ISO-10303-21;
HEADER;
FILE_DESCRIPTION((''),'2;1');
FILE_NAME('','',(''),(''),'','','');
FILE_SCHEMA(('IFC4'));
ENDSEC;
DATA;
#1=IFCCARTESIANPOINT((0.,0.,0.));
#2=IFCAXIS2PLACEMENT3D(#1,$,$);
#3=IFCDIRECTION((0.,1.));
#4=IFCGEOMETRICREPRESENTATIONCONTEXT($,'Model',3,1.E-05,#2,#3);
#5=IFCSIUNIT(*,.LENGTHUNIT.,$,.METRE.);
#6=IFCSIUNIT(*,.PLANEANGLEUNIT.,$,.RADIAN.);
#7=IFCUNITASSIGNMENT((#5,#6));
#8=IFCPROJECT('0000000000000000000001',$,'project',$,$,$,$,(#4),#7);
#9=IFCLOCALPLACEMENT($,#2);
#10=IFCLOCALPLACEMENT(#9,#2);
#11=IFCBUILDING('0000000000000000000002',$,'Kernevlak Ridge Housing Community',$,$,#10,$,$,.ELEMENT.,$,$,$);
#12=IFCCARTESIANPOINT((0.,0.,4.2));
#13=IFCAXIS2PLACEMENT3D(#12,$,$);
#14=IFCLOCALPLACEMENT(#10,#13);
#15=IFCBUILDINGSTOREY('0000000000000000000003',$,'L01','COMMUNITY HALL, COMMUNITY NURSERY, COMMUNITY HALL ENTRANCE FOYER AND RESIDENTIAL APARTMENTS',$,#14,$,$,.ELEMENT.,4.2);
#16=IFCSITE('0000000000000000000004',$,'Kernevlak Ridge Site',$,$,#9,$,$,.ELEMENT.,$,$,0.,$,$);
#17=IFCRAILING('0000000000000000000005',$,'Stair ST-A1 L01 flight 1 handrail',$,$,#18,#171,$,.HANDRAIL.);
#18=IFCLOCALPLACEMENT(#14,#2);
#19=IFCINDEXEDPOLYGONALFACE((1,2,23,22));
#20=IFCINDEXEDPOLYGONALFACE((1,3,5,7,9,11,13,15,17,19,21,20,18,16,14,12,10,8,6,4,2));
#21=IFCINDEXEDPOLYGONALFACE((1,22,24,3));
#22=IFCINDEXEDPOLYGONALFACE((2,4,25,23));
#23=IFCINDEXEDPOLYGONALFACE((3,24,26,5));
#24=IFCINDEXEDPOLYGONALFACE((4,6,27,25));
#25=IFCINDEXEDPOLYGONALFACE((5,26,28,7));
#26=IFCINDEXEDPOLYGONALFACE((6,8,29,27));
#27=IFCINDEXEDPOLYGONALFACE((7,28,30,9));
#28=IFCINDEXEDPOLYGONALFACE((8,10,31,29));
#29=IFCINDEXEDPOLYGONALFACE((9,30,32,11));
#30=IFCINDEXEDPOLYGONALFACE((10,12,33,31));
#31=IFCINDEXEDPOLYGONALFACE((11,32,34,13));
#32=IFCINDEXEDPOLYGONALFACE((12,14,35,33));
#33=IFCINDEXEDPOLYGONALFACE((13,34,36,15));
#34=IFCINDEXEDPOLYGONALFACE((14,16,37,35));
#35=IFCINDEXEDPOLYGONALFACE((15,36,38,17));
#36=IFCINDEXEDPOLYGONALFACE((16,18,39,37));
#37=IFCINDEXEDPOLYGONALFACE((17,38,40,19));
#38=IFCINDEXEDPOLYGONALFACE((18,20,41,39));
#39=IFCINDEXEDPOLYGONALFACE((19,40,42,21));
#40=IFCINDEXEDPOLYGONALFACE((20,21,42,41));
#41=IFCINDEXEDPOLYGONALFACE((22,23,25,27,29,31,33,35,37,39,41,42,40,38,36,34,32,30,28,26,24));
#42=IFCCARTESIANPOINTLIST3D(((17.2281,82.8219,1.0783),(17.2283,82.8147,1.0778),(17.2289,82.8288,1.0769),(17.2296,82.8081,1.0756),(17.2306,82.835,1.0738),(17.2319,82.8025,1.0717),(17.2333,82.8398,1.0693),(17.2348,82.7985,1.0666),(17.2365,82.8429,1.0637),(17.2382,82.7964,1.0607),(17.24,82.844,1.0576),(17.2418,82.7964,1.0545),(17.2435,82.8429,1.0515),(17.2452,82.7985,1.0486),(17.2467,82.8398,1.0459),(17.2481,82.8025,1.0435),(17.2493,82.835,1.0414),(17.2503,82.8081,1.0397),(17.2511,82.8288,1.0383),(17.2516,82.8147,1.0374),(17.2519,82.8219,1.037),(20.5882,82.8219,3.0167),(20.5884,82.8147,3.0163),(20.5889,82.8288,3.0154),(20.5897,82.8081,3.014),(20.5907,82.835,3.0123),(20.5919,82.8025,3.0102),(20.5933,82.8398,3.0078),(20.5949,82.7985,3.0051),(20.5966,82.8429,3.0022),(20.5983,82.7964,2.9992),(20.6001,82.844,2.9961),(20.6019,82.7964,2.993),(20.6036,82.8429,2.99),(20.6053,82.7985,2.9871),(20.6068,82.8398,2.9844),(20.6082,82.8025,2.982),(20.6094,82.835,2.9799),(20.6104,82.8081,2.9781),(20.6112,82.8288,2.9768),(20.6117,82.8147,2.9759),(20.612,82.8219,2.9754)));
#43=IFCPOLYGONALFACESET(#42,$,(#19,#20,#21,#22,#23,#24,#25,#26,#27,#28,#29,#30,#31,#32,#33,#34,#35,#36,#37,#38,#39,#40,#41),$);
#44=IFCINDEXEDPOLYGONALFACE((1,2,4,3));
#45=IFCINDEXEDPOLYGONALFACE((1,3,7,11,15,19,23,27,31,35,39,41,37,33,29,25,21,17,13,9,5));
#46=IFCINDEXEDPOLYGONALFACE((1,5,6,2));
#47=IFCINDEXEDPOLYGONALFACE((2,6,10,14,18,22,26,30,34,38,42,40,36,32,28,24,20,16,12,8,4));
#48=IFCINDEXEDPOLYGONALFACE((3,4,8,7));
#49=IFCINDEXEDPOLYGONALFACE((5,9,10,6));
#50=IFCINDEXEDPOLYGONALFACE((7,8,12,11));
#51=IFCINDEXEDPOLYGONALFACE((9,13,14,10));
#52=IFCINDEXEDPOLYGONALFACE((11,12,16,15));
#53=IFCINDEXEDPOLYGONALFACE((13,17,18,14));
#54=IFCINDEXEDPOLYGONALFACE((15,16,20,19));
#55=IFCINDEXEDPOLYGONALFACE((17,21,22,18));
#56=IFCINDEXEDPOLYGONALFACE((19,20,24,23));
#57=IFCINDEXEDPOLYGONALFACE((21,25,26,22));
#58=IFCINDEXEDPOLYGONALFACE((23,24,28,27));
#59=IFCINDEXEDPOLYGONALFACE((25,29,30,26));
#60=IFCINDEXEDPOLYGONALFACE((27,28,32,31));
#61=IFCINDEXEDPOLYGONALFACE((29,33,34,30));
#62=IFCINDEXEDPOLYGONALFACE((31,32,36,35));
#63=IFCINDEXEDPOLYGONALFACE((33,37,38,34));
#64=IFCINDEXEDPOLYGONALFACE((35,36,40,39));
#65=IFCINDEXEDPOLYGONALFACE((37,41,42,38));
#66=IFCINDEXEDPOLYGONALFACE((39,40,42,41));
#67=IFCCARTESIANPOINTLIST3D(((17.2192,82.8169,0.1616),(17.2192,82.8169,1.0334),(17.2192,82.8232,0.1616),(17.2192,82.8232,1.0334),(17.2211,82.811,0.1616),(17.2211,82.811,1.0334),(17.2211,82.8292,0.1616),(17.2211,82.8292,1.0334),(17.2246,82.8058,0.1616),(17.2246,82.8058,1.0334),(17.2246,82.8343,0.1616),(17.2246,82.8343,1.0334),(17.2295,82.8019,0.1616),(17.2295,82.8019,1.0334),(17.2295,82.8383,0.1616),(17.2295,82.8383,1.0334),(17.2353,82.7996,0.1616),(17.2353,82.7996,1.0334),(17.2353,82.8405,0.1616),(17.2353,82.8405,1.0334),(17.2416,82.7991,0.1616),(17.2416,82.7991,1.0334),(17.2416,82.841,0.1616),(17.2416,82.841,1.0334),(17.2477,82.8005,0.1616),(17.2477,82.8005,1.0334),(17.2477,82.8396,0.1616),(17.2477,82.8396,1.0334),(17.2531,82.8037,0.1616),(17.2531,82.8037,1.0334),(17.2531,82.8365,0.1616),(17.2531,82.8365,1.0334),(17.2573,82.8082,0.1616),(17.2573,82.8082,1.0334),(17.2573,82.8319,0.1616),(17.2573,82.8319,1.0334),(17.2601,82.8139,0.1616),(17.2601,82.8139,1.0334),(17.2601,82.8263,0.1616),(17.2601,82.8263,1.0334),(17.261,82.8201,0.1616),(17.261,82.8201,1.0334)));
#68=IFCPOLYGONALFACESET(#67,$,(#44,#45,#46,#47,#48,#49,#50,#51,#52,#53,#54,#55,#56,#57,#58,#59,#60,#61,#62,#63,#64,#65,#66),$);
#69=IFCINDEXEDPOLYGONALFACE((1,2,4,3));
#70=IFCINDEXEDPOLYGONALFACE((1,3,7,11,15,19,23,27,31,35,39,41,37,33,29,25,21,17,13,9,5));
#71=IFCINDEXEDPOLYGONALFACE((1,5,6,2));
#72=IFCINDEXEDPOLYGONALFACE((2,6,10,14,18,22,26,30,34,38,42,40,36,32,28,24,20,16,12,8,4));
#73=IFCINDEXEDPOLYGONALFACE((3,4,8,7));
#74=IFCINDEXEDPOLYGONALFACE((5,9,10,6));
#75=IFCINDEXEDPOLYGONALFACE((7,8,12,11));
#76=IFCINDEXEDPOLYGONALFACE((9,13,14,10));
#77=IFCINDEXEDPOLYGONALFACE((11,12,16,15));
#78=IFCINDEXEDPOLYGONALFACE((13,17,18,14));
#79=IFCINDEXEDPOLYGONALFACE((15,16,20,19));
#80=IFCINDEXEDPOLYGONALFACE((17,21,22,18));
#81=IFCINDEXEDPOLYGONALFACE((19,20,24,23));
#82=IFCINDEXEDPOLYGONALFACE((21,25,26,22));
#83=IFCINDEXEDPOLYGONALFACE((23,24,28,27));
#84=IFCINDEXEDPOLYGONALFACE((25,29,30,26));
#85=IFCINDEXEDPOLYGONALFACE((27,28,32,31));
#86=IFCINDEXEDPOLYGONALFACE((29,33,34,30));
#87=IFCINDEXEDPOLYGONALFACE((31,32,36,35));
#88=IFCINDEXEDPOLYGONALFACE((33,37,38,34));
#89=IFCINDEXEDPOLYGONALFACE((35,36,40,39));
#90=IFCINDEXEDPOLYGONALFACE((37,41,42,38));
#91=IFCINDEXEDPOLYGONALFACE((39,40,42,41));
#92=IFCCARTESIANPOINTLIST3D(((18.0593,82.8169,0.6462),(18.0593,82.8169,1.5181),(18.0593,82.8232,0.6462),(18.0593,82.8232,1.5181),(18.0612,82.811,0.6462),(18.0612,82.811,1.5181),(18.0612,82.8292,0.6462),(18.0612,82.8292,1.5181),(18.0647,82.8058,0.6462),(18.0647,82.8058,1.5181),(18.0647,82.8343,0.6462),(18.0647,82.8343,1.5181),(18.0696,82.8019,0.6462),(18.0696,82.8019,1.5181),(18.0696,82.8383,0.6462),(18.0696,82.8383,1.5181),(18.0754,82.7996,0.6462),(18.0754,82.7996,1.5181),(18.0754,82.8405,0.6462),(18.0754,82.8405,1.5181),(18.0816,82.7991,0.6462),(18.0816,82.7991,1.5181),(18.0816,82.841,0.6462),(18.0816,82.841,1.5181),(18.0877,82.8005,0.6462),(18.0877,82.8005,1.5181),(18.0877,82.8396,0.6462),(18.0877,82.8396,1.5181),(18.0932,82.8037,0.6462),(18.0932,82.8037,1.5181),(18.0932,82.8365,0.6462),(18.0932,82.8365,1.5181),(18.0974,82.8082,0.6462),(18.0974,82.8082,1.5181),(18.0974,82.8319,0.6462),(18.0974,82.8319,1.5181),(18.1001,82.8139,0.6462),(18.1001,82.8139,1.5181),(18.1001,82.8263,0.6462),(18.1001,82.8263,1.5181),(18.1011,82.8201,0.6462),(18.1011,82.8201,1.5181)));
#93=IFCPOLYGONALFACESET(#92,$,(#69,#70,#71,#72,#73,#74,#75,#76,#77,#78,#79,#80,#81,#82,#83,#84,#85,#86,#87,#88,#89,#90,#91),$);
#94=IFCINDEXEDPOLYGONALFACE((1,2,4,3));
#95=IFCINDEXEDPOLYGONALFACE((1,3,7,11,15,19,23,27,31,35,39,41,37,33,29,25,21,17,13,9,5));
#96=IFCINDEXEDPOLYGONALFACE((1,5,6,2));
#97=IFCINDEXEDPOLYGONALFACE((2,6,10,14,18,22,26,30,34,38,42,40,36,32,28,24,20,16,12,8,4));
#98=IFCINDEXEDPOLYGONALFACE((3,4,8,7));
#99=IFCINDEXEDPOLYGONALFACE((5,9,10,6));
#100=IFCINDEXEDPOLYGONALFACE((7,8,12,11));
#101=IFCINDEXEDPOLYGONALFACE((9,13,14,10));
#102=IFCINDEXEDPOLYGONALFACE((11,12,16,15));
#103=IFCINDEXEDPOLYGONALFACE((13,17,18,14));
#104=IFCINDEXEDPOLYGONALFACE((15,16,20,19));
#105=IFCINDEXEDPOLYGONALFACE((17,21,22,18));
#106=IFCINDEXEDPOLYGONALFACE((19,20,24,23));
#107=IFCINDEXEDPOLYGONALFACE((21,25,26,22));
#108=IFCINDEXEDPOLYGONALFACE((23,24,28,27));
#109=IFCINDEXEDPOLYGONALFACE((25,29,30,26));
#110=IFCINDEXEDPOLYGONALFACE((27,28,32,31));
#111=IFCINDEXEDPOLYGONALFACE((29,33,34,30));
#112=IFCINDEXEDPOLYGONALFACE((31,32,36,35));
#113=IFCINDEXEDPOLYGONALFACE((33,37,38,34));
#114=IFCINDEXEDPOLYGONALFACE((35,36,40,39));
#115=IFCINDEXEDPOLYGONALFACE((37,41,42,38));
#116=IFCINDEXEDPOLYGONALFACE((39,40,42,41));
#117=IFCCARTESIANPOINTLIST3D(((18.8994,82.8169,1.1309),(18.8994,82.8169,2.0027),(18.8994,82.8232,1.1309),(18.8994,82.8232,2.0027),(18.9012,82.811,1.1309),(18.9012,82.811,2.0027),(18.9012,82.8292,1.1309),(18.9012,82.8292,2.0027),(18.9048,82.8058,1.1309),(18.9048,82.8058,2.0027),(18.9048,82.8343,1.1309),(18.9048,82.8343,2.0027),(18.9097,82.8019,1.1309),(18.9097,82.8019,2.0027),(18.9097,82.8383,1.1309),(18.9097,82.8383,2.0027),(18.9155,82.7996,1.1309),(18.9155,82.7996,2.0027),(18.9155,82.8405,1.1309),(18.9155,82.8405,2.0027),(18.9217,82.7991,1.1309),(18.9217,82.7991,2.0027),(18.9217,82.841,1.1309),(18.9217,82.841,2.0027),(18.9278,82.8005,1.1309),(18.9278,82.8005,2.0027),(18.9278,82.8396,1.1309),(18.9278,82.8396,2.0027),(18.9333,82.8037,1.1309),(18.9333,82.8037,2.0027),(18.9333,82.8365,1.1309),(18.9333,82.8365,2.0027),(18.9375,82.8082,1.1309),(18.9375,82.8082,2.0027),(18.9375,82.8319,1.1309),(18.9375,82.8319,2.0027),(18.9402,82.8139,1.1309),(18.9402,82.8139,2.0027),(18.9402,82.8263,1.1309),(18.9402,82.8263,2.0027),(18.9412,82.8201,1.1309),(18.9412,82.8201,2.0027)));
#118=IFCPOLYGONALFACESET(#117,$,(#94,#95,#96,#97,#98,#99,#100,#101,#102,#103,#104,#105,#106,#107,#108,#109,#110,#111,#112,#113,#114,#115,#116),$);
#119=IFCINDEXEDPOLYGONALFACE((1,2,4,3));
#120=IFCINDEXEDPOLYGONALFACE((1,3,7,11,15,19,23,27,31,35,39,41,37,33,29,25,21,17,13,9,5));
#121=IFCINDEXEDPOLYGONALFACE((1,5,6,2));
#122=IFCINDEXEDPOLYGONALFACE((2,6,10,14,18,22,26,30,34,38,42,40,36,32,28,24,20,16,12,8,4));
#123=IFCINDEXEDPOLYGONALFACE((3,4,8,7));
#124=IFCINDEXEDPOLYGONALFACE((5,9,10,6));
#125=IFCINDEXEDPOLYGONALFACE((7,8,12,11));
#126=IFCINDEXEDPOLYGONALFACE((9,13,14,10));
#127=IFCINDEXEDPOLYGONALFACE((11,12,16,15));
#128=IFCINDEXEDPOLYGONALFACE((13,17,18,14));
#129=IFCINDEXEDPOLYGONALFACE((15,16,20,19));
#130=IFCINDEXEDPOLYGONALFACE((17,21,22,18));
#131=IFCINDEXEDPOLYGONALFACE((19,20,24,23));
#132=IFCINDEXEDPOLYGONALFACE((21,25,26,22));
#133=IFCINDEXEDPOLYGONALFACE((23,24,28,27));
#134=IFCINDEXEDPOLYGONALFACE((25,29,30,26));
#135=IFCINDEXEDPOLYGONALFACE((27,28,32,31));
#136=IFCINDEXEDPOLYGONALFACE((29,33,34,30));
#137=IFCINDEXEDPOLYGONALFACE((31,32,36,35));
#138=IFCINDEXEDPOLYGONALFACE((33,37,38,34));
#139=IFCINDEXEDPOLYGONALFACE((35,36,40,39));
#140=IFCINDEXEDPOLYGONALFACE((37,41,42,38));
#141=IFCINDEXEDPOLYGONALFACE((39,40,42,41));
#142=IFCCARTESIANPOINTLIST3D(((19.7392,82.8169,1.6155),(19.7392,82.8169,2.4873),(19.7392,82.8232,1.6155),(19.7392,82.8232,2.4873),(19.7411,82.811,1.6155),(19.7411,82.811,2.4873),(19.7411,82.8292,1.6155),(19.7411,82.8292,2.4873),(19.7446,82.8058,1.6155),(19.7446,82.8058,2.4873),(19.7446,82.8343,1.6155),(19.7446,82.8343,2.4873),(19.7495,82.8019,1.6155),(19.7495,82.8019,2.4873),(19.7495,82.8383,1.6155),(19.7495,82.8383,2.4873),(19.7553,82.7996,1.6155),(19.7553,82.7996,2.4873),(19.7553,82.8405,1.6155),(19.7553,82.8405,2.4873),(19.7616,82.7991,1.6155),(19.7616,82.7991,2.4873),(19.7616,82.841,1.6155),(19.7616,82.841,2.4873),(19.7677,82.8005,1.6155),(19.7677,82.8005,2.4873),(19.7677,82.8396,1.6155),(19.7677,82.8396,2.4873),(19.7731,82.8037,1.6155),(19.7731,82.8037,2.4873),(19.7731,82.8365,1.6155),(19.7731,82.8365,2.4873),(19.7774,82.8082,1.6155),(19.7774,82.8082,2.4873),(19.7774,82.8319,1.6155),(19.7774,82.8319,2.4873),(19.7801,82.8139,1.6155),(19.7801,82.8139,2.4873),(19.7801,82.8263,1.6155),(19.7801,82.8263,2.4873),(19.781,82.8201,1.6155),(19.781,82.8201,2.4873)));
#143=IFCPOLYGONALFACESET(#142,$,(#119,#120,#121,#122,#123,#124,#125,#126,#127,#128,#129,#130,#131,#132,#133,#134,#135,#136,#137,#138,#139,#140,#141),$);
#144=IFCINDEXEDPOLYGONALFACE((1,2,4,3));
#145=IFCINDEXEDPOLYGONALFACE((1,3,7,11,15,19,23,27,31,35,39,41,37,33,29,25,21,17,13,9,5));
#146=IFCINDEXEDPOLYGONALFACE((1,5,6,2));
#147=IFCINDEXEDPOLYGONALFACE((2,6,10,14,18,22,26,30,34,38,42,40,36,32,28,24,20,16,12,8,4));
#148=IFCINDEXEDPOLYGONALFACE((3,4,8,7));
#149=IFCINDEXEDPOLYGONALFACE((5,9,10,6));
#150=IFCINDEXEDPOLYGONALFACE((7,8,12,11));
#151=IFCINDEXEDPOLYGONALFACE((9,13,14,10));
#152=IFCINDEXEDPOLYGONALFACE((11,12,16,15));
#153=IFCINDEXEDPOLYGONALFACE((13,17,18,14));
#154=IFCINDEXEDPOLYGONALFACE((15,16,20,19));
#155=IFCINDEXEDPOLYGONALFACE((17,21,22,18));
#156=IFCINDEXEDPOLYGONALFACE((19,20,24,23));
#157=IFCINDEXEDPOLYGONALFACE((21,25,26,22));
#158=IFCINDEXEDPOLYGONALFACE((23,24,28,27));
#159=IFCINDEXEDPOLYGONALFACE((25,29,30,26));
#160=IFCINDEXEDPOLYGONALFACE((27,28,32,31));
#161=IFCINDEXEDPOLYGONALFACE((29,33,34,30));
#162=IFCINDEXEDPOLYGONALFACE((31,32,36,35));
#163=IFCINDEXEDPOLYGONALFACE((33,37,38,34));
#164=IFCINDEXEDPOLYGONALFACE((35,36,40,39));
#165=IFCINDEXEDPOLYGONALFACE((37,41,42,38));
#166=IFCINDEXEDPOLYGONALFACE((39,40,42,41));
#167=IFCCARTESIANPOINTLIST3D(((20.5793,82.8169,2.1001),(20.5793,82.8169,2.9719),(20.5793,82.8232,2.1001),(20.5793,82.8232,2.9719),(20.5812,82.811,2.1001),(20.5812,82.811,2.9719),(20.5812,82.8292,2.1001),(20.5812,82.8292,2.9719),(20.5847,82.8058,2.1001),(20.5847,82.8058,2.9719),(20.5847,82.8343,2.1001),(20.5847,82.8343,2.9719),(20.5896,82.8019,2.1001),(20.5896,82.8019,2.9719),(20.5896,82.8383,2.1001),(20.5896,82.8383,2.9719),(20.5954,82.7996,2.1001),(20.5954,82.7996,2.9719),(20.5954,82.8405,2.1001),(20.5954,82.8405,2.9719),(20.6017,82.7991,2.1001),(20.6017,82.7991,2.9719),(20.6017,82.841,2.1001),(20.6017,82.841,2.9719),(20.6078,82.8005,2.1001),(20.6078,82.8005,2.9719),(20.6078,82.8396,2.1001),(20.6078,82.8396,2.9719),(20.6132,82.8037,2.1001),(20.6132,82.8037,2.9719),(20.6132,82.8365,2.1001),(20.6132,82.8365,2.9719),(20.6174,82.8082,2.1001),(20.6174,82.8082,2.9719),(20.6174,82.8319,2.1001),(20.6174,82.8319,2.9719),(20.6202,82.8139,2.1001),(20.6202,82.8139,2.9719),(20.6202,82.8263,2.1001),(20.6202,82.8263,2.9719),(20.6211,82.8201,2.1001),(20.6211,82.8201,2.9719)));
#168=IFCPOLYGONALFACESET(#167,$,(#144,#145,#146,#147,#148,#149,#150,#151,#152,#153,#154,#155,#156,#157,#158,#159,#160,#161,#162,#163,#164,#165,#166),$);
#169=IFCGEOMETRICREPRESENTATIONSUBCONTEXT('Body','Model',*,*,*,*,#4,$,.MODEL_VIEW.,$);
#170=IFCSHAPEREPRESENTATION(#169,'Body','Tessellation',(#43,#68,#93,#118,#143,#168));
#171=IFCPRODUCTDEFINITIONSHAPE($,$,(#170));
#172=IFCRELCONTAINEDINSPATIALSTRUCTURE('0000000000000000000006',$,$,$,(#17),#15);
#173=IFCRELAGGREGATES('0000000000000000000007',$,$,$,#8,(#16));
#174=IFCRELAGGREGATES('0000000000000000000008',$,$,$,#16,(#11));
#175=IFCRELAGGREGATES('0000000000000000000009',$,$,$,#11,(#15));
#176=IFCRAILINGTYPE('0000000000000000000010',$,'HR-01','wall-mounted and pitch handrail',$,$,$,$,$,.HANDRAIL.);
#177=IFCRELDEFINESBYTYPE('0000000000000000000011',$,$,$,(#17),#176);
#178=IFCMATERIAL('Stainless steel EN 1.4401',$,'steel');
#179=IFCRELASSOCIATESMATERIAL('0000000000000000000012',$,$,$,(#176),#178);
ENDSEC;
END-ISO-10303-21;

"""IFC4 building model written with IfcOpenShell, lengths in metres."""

from ifc_helpers import new_model, si_unit, direction, frame, origin, origin_2d, place, context, subcontext, project, spatial, circle, extrude, material, type_object, element, save


model = new_model("IFC4")

# Units and contexts
model_context = context("Model", 3, precision=1e-05, world=origin(), true_north=direction((0.0, 1.0)))
body_context = subcontext(model_context, "Body", "Model", "MODEL_VIEW")
ifc_project = project(units=[si_unit("LENGTHUNIT", "METRE"), si_unit("PLANEANGLEUNIT", "RADIAN")], contexts=[model_context])

# Site, building, storey
site_placement = place(None, origin())
site = spatial("IfcSite", under=ifc_project, at=site_placement, Name="Kernevlak Ridge Site", CompositionType="ELEMENT", RefElevation=0.0)
building_placement = place(site_placement, origin())
building = spatial("IfcBuilding", under=site, at=building_placement, Name="Kernevlak Ridge Housing Community", CompositionType="ELEMENT")
storey_placement = place(building_placement, frame((0.0, 0.0, 4.2)))
storey = spatial("IfcBuildingStorey", under=building, at=storey_placement, Name="L01", Description="COMMUNITY HALL, COMMUNITY NURSERY, COMMUNITY HALL ENTRANCE FOYER AND RESIDENTIAL APARTMENTS", CompositionType="ELEMENT", Elevation=4.2)

# Shared definitions
ifc_material_1 = material(Name="Stainless steel EN 1.4401", Category="steel")

# Railing
railing_type_1 = type_object("IfcRailingType", Name="HR-01", Description="wall-mounted and pitch handrail", PredefinedType="HANDRAIL", material=ifc_material_1)
railing_1_placement = place(storey_placement, frame((17.24, 82.8201, 0.1616)))
element("IfcRailing", 1, at=railing_1_placement, inside=storey, type_object=railing_type_1, Name="Stair ST-A1 L01 flight 1 handrail", PredefinedType="HANDRAIL", context=body_context, shape_type="SweptSolid", body=[
    extrude(circle(Radius=0.0239, at=origin_2d()), frame((0.0, 0.0, 0.896), z_axis=(0.866191, 0.0, 0.499713), x_axis=(0.0, 1.0, 0.0)), (0.0, 0.0, 1.0), 3.8792),
    extrude(circle(Radius=0.021, at=origin_2d()), origin(), (0.0, 0.0, 1.0), 0.8718),
    extrude(circle(Radius=0.021, at=origin_2d()), frame((0.8401, 0.0, 0.4846)), (0.0, 0.0, 1.0), 0.8718),
    extrude(circle(Radius=0.021, at=origin_2d()), frame((1.6802, 0.0, 0.9692)), (0.0, 0.0, 1.0), 0.8718),
    extrude(circle(Radius=0.021, at=origin_2d()), frame((2.52, 0.0, 1.4539)), (0.0, 0.0, 1.0), 0.8718),
    extrude(circle(Radius=0.021, at=origin_2d()), frame((3.3601, 0.0, 1.9385)), (0.0, 0.0, 1.0), 0.8718),
])

save(model, "model.ifc")
